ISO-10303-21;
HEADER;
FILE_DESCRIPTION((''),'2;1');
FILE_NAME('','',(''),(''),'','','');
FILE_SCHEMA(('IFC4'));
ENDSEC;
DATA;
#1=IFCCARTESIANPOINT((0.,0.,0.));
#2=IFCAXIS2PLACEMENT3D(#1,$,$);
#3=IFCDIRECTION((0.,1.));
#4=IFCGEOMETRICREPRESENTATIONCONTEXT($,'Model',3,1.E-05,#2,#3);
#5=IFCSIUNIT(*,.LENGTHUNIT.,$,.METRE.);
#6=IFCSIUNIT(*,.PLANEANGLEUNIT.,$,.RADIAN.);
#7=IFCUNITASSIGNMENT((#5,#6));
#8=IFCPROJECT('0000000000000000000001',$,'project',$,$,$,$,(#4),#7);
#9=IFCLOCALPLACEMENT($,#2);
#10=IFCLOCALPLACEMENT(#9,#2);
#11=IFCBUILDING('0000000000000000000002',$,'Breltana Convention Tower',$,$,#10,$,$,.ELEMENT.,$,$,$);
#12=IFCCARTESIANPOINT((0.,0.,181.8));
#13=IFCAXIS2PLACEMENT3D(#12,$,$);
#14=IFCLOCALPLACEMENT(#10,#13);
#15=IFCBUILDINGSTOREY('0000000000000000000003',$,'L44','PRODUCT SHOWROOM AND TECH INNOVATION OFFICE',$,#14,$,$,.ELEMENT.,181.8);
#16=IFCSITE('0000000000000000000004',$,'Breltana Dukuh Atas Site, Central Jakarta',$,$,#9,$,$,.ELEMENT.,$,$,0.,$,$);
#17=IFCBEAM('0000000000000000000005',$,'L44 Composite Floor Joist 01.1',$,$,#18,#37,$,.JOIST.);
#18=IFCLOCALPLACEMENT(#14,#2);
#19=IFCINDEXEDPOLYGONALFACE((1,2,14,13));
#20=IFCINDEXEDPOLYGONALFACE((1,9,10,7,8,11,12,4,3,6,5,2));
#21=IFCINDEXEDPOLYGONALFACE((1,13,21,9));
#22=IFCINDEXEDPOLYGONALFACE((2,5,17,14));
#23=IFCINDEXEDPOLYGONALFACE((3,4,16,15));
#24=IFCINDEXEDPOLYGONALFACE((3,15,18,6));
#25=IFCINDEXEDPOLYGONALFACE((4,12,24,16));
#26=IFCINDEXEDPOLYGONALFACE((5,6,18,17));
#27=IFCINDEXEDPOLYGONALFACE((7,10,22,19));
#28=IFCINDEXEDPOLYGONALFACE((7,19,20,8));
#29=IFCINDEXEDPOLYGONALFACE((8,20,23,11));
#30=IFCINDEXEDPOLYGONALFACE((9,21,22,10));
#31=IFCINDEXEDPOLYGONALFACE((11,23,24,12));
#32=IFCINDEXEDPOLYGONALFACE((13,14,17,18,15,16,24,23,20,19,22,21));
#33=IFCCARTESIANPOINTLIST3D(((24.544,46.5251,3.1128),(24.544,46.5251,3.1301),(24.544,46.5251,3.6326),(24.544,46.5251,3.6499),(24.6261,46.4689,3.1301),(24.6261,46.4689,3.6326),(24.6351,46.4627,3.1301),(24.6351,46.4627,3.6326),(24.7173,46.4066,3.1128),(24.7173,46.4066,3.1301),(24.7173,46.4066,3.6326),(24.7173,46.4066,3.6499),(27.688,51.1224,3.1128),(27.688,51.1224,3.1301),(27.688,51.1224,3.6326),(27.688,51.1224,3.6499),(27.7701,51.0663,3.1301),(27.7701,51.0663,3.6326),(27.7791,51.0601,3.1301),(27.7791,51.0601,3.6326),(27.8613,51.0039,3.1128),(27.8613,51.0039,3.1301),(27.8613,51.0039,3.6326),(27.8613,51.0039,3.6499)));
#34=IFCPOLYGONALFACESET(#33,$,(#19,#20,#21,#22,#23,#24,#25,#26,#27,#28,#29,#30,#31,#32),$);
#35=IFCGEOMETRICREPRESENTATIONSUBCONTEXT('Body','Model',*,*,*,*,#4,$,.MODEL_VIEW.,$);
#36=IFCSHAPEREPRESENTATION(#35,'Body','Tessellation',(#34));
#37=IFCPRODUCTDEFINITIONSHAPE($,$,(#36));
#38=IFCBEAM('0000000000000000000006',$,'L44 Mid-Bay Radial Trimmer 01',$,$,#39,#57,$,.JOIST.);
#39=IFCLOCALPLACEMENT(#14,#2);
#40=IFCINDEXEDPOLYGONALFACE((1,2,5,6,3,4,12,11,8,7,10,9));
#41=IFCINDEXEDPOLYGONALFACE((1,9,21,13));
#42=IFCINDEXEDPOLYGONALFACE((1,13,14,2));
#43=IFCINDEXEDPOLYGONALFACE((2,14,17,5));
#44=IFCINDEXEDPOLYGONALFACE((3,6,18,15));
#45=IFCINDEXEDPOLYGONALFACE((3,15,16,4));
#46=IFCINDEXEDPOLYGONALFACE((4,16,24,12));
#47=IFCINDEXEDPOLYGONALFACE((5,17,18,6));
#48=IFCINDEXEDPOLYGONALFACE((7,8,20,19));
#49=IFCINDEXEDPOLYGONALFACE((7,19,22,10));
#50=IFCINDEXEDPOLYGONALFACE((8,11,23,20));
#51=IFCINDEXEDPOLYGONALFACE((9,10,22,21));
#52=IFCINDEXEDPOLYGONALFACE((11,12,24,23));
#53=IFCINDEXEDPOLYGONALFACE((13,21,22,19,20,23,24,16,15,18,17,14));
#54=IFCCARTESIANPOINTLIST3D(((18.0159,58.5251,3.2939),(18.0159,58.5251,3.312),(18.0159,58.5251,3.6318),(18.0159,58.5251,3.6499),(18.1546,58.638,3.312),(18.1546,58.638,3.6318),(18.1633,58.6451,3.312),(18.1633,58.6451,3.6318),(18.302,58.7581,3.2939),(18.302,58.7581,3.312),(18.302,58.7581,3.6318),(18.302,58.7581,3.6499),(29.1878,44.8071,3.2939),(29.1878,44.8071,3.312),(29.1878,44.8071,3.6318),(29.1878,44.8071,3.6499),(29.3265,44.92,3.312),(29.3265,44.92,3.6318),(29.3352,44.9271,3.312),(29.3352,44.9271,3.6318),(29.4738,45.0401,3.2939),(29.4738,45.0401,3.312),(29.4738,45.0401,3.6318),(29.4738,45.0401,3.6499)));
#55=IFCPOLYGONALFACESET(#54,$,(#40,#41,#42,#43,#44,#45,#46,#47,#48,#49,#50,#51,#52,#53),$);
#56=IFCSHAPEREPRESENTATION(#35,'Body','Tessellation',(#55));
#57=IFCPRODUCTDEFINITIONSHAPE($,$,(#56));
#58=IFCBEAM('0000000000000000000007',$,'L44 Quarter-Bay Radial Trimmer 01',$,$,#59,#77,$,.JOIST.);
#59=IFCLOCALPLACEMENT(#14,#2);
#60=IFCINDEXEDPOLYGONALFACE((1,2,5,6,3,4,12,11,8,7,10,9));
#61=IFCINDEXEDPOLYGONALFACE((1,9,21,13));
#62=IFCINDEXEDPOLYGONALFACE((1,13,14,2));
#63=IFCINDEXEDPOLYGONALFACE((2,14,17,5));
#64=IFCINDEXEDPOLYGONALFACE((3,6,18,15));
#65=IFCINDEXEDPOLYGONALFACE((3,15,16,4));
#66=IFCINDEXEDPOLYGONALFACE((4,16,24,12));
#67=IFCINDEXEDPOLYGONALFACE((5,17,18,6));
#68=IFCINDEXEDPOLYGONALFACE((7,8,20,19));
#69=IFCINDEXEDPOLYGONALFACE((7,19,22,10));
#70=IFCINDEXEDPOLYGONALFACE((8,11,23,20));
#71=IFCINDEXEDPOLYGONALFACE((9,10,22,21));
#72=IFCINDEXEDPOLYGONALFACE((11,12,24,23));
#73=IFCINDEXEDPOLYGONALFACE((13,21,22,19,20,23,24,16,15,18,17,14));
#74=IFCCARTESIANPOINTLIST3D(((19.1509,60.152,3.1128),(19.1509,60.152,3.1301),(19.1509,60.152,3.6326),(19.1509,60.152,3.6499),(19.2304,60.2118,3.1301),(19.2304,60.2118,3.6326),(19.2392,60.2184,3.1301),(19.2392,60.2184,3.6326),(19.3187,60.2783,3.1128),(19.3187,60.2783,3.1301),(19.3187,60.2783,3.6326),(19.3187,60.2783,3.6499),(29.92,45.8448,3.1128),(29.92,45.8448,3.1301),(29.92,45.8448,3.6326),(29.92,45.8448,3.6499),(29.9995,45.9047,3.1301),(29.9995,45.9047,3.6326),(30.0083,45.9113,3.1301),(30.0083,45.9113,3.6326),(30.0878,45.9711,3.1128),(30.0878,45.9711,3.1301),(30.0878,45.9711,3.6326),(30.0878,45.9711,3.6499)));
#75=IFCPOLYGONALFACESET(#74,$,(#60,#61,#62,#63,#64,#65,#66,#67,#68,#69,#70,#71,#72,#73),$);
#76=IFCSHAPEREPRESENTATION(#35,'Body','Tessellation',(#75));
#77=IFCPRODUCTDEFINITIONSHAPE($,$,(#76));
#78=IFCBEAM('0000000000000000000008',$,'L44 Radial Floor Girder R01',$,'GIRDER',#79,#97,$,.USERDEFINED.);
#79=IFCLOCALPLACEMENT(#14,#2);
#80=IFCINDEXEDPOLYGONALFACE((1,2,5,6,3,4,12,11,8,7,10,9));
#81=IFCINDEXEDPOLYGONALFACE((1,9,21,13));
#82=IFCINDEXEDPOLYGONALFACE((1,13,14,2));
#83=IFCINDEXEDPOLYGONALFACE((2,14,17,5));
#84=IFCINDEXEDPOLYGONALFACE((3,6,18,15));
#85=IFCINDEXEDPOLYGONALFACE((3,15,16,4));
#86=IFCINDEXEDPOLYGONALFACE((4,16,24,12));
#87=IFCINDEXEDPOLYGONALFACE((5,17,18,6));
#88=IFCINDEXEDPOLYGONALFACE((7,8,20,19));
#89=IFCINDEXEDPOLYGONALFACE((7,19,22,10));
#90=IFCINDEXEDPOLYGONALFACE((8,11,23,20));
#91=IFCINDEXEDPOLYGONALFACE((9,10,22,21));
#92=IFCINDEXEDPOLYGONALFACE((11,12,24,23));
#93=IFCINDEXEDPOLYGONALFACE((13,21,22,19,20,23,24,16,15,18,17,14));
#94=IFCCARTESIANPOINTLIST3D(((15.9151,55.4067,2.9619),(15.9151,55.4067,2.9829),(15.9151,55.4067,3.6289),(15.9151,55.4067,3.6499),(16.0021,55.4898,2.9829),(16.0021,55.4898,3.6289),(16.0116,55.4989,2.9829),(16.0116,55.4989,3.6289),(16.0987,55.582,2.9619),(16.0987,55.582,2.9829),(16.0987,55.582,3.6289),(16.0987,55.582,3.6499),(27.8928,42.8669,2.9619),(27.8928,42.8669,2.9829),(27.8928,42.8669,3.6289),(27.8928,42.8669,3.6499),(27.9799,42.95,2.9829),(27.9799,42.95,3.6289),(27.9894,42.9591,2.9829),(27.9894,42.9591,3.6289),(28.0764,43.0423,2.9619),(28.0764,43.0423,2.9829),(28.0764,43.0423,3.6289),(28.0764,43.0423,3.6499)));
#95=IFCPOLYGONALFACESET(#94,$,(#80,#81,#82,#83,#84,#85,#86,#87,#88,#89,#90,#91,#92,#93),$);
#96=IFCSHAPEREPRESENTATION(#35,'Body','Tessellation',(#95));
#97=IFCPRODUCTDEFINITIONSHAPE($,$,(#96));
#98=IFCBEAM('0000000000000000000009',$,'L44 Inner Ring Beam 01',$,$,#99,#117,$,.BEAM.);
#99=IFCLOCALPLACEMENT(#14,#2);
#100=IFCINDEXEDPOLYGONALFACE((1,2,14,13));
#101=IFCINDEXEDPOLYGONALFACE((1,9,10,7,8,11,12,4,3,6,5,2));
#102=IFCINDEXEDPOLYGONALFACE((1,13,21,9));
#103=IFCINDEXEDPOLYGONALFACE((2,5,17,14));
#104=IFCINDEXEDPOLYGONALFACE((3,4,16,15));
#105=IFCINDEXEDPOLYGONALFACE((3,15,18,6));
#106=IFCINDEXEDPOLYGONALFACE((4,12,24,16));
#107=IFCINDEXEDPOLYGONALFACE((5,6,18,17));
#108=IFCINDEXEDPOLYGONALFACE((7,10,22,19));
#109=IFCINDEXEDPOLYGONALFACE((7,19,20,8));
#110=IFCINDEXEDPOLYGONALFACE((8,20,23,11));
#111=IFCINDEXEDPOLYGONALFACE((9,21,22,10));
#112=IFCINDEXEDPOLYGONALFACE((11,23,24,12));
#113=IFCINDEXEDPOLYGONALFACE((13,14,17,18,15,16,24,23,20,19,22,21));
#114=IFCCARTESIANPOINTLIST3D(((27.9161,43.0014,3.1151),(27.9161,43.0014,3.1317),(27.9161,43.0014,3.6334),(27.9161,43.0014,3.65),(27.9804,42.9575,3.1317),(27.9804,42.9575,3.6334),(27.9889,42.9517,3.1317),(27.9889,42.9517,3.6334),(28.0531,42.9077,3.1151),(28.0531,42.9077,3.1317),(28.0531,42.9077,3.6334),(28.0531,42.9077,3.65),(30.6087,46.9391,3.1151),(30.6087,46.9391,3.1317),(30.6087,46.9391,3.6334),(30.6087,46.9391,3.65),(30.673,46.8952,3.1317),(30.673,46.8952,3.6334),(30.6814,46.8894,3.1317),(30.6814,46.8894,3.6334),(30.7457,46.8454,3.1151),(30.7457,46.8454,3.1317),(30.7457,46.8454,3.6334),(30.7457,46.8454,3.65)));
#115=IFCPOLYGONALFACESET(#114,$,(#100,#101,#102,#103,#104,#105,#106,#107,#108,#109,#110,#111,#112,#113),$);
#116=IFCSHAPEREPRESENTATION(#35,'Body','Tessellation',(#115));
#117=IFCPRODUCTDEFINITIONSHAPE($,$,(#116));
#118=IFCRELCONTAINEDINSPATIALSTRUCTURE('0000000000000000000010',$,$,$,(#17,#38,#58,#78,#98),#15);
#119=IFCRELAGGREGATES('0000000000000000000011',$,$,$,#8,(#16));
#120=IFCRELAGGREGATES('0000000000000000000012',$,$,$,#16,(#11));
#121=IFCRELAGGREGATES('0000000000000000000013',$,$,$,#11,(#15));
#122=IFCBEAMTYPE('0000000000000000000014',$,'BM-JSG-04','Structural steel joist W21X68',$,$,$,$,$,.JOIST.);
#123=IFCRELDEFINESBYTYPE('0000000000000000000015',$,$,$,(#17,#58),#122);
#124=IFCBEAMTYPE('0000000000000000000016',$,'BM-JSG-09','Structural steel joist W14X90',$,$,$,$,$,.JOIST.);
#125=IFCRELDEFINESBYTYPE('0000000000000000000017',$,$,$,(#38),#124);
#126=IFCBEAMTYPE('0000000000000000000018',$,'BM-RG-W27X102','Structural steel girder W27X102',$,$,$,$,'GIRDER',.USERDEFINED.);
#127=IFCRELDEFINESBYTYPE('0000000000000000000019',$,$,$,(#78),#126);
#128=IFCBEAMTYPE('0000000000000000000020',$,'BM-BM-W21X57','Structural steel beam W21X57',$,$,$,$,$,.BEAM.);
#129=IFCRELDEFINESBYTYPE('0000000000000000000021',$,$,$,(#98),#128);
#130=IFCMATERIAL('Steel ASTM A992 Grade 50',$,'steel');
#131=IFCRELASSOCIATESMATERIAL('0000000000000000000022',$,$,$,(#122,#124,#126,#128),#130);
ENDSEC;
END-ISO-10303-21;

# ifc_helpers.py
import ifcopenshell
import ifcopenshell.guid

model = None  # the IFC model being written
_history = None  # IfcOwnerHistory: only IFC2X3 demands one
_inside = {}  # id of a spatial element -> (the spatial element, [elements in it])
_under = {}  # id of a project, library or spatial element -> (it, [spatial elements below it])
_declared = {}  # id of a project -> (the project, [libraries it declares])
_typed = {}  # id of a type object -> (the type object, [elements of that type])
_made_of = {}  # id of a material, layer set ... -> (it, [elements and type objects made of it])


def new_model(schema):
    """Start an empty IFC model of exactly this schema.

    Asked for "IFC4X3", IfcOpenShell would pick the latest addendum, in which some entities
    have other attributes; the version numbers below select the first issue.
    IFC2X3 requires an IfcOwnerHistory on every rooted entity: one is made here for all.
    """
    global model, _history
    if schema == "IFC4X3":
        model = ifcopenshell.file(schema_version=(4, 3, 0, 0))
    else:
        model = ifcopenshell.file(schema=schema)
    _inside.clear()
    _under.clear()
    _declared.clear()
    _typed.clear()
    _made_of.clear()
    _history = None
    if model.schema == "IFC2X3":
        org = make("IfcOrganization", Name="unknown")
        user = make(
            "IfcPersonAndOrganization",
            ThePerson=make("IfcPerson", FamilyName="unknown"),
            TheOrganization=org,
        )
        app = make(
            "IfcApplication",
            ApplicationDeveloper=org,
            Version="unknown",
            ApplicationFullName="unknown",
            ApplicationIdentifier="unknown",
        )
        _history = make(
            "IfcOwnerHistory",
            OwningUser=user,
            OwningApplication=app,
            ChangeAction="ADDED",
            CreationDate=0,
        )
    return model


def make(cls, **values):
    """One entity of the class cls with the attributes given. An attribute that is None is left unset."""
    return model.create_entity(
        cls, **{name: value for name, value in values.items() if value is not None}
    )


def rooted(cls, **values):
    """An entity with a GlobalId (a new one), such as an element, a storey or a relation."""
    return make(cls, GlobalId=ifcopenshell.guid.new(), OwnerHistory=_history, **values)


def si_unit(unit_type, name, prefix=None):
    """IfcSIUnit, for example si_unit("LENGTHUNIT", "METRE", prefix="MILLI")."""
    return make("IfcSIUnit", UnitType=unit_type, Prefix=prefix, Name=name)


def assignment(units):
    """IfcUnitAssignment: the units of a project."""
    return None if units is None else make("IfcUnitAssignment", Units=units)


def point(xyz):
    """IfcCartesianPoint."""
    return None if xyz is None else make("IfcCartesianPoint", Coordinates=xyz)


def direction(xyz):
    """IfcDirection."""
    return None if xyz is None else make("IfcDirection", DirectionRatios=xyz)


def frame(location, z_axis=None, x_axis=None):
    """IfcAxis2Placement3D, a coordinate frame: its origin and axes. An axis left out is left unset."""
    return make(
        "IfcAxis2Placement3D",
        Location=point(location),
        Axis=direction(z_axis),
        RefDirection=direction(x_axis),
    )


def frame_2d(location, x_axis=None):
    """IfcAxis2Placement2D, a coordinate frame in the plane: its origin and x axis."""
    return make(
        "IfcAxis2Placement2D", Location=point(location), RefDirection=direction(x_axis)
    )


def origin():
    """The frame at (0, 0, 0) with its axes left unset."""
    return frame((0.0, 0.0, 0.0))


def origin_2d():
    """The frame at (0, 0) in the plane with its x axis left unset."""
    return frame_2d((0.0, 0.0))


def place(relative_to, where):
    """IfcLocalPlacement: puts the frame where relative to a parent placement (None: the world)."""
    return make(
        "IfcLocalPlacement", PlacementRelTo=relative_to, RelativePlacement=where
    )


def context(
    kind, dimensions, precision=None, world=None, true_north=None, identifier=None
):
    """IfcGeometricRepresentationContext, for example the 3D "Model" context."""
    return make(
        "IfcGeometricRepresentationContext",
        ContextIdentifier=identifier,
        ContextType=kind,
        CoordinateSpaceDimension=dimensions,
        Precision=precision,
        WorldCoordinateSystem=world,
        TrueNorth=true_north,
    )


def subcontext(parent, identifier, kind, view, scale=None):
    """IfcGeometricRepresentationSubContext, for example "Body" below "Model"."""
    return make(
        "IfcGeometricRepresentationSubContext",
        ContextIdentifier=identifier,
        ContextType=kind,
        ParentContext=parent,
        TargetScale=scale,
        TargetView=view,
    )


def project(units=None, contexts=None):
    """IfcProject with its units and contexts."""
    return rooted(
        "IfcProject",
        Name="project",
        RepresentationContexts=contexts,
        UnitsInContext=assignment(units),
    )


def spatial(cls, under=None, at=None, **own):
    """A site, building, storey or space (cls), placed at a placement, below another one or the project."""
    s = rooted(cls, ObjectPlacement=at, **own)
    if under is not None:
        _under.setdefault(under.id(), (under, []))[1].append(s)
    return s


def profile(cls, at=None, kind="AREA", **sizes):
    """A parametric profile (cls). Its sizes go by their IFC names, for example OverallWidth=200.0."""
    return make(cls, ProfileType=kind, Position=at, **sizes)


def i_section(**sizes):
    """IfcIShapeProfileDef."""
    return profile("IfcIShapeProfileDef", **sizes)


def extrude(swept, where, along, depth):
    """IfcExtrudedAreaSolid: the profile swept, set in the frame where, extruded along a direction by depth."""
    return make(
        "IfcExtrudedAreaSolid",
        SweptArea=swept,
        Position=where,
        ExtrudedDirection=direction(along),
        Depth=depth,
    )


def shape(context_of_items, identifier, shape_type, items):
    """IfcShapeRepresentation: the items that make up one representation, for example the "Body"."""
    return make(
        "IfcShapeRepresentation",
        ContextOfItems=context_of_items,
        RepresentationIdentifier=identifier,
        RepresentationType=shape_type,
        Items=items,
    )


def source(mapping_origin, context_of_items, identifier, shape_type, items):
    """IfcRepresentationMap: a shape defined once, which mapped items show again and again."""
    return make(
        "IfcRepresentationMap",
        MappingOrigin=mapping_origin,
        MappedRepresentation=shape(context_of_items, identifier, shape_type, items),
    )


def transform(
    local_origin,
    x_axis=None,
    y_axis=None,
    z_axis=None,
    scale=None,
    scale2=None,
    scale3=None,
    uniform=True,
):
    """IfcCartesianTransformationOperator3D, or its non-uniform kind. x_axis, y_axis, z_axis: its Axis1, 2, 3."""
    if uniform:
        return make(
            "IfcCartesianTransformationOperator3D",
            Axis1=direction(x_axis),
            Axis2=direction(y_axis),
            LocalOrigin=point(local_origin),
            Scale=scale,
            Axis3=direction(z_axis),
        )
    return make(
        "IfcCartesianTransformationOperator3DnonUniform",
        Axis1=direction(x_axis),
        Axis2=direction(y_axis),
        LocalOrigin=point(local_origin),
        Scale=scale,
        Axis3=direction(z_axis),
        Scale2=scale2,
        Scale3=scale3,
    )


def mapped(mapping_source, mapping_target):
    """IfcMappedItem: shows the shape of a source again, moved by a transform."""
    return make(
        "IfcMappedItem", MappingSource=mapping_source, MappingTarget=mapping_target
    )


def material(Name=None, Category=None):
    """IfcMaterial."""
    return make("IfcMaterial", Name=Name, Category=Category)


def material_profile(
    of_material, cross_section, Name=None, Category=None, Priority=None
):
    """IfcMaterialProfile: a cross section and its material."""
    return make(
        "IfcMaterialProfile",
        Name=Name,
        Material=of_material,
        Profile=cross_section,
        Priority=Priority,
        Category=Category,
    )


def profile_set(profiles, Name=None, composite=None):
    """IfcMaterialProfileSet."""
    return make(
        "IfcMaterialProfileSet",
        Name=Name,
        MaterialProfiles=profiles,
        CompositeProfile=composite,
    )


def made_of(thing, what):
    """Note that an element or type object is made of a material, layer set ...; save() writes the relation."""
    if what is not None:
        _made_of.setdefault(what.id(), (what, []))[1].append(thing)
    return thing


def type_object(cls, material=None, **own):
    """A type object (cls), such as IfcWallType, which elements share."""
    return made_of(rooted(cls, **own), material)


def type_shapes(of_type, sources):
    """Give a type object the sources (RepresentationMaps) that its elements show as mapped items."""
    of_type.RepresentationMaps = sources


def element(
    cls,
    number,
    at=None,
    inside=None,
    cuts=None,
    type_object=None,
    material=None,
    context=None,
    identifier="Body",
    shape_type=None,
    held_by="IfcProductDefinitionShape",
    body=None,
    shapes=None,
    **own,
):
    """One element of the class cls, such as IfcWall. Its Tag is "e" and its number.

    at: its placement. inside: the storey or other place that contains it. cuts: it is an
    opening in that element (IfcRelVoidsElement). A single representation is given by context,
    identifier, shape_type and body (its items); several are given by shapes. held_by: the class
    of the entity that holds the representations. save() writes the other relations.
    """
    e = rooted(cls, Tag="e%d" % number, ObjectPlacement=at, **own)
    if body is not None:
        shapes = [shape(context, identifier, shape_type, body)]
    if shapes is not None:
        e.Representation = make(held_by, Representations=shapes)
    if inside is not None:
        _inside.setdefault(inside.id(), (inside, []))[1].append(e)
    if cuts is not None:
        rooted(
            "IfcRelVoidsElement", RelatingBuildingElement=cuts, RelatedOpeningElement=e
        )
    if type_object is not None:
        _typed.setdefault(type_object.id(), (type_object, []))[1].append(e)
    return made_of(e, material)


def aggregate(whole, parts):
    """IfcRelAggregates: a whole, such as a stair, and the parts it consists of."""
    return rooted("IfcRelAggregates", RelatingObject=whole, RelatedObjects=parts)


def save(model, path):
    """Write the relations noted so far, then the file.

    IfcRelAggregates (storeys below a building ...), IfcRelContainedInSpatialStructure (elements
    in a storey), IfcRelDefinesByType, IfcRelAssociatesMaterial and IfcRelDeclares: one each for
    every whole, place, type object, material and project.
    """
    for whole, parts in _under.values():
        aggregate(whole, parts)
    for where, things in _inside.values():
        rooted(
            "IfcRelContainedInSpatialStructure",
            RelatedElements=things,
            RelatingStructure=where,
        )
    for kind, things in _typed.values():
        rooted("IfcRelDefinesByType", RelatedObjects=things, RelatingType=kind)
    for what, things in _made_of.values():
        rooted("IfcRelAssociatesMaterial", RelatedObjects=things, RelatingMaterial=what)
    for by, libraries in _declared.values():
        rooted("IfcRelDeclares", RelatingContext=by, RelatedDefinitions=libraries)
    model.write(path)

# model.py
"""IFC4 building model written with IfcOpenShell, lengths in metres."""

from ifc_helpers import new_model, si_unit, direction, frame, origin, origin_2d, place, context, subcontext, project, spatial, i_section, extrude, source, transform, mapped, material, material_profile, profile_set, type_object, type_shapes, element, save


model = new_model("IFC4")

# Units and contexts
model_context = context("Model", 3, precision=1e-05, world=origin(), true_north=direction((0.0, 1.0)))
body_context = subcontext(model_context, "Body", "Model", "MODEL_VIEW")
ifc_project = project(units=[si_unit("LENGTHUNIT", "METRE"), si_unit("PLANEANGLEUNIT", "RADIAN")], contexts=[model_context])

# Site, building, storey
site_placement = place(None, origin())
site = spatial("IfcSite", under=ifc_project, at=site_placement, Name="Breltana Dukuh Atas Site, Central Jakarta", CompositionType="ELEMENT", RefElevation=0.0)
building_placement = place(site_placement, origin())
building = spatial("IfcBuilding", under=site, at=building_placement, Name="Breltana Convention Tower", CompositionType="ELEMENT")
storey_placement = place(building_placement, frame((0.0, 0.0, 181.8)))
storey = spatial("IfcBuildingStorey", under=building, at=storey_placement, Name="L44", Description="PRODUCT SHOWROOM AND TECH INNOVATION OFFICE", CompositionType="ELEMENT", Elevation=181.8)

# Beams
ifc_material_1 = material(Name="Steel ASTM A992 Grade 50", Category="steel")
ifc_material_profile_1 = material_profile(ifc_material_1, i_section(OverallWidth=0.21, OverallDepth=0.5371, WebThickness=0.011, FlangeThickness=0.0173, at=origin_2d()), Name="W21X68")
ifc_profile_set_1 = profile_set([ifc_material_profile_1], Name="Steel ASTM A992 Grade 50")
beam_type_1 = type_object("IfcBeamType", Name="BM-JSG-04", Description="Structural steel joist W21X68", PredefinedType="JOIST", material=ifc_profile_set_1)
shared_shape_1 = source(origin(), body_context, "Body", "SweptSolid", [
    extrude(i_section(OverallWidth=0.21, OverallDepth=0.5371, WebThickness=0.011, FlangeThickness=0.0173, at=origin_2d()), origin(), (0.0, 0.0, 1.0), 5.5696),
])
type_shapes(beam_type_1, [shared_shape_1])
beam_1_placement = place(storey_placement, frame((24.6306, 46.4658, 3.3813), z_axis=(0.564494, 0.825437, 0.0), x_axis=(-0.825437, 0.564494, 0.0)))
element("IfcBeam", 1, at=beam_1_placement, inside=storey, type_object=beam_type_1, Name="L44 Composite Floor Joist 01.1", PredefinedType="JOIST", context=body_context, shape_type="MappedRepresentation", body=[
    mapped(shared_shape_1, transform((0.0, 0.0, 0.0), scale=1.0)),
])
ifc_material_profile_2 = material_profile(ifc_material_1, i_section(OverallWidth=0.3689, OverallDepth=0.356, WebThickness=0.0112, FlangeThickness=0.0181, at=origin_2d()), Name="W14X90")
ifc_profile_set_2 = profile_set([ifc_material_profile_2], Name="Steel ASTM A992 Grade 50")
beam_type_2 = type_object("IfcBeamType", Name="BM-JSG-09", Description="Structural steel joist W14X90", PredefinedType="JOIST", material=ifc_profile_set_2)
shared_shape_2 = source(origin(), body_context, "Body", "SweptSolid", [
    extrude(i_section(OverallWidth=0.3689, OverallDepth=0.356, WebThickness=0.0112, FlangeThickness=0.0181, at=origin_2d()), origin(), (0.0, 0.0, 1.0), 17.6917),
])
type_shapes(beam_type_2, [shared_shape_2])
beam_2_placement = place(storey_placement, frame((29.3308, 44.9236, 3.4719), z_axis=(-0.631477, 0.775395, 0.0), x_axis=(-0.775395, -0.631477, 0.0)))
element("IfcBeam", 2, at=beam_2_placement, inside=storey, type_object=beam_type_2, Name="L44 Mid-Bay Radial Trimmer 01", PredefinedType="JOIST", context=body_context, shape_type="MappedRepresentation", body=[
    mapped(shared_shape_2, transform((0.0, 0.0, 0.0), scale=1.0)),
])
shared_shape_3 = source(origin(), body_context, "Body", "SweptSolid", [
    extrude(i_section(OverallWidth=0.21, OverallDepth=0.5371, WebThickness=0.011, FlangeThickness=0.0173, at=origin_2d()), origin(), (0.0, 0.0, 1.0), 17.9072),
])
beam_3_placement = place(storey_placement, frame((30.0039, 45.908, 3.3813), z_axis=(-0.601382, 0.798962, 0.0), x_axis=(-0.798962, -0.601382, 0.0)))
element("IfcBeam", 3, at=beam_3_placement, inside=storey, type_object=beam_type_1, Name="L44 Quarter-Bay Radial Trimmer 01", PredefinedType="JOIST", context=body_context, shape_type="MappedRepresentation", body=[
    mapped(shared_shape_3, transform((0.0, 0.0, 0.0), scale=1.0)),
])
ifc_material_profile_3 = material_profile(ifc_material_1, i_section(OverallWidth=0.2539, OverallDepth=0.688, WebThickness=0.0132, FlangeThickness=0.021, at=origin_2d()), Name="W27X102")
ifc_profile_set_3 = profile_set([ifc_material_profile_3], Name="Steel ASTM A992 Grade 50")
beam_type_3 = type_object("IfcBeamType", Name="BM-RG-W27X102", Description="Structural steel girder W27X102", ElementType="GIRDER", PredefinedType="USERDEFINED", material=ifc_profile_set_3)
shared_shape_4 = source(origin(), body_context, "Body", "SweptSolid", [
    extrude(i_section(OverallWidth=0.2539, OverallDepth=0.688, WebThickness=0.0132, FlangeThickness=0.021, at=origin_2d()), origin(), (0.0, 0.0, 1.0), 17.3411),
])
type_shapes(beam_type_3, [shared_shape_4])
beam_4_placement = place(storey_placement, frame((27.9846, 42.9546, 3.3059), z_axis=(-0.690716, 0.723126, 0.0), x_axis=(-0.723126, -0.690716, 0.0)))
element("IfcBeam", 4, at=beam_4_placement, inside=storey, type_object=beam_type_3, Name="L44 Radial Floor Girder R01", ObjectType="GIRDER", PredefinedType="USERDEFINED", context=body_context, shape_type="MappedRepresentation", body=[
    mapped(shared_shape_4, transform((0.0, 0.0, 0.0), scale=1.0)),
])
ifc_material_profile_4 = material_profile(ifc_material_1, i_section(OverallWidth=0.166, OverallDepth=0.5349, WebThickness=0.0103, FlangeThickness=0.0166, at=origin_2d()), Name="W21X57")
ifc_profile_set_4 = profile_set([ifc_material_profile_4], Name="Steel ASTM A992 Grade 50")
beam_type_4 = type_object("IfcBeamType", Name="BM-BM-W21X57", Description="Structural steel beam W21X57", PredefinedType="BEAM", material=ifc_profile_set_4)
shared_shape_5 = source(origin(), body_context, "Body", "SweptSolid", [
    extrude(i_section(OverallWidth=0.166, OverallDepth=0.5349, WebThickness=0.0103, FlangeThickness=0.0166, at=origin_2d()), origin(), (0.0, 0.0, 1.0), 4.7703),
])
beam_5_placement = place(storey_placement, frame((27.9846, 42.9546, 3.3826), z_axis=(0.564453, 0.825465, 0.0), x_axis=(-0.825465, 0.564453, 0.0)))
element("IfcBeam", 5, at=beam_5_placement, inside=storey, type_object=beam_type_4, Name="L44 Inner Ring Beam 01", PredefinedType="BEAM", context=body_context, shape_type="MappedRepresentation", body=[
    mapped(shared_shape_5, transform((0.0, 0.0, 0.0), scale=1.0)),
])

save(model, "model.ifc")
